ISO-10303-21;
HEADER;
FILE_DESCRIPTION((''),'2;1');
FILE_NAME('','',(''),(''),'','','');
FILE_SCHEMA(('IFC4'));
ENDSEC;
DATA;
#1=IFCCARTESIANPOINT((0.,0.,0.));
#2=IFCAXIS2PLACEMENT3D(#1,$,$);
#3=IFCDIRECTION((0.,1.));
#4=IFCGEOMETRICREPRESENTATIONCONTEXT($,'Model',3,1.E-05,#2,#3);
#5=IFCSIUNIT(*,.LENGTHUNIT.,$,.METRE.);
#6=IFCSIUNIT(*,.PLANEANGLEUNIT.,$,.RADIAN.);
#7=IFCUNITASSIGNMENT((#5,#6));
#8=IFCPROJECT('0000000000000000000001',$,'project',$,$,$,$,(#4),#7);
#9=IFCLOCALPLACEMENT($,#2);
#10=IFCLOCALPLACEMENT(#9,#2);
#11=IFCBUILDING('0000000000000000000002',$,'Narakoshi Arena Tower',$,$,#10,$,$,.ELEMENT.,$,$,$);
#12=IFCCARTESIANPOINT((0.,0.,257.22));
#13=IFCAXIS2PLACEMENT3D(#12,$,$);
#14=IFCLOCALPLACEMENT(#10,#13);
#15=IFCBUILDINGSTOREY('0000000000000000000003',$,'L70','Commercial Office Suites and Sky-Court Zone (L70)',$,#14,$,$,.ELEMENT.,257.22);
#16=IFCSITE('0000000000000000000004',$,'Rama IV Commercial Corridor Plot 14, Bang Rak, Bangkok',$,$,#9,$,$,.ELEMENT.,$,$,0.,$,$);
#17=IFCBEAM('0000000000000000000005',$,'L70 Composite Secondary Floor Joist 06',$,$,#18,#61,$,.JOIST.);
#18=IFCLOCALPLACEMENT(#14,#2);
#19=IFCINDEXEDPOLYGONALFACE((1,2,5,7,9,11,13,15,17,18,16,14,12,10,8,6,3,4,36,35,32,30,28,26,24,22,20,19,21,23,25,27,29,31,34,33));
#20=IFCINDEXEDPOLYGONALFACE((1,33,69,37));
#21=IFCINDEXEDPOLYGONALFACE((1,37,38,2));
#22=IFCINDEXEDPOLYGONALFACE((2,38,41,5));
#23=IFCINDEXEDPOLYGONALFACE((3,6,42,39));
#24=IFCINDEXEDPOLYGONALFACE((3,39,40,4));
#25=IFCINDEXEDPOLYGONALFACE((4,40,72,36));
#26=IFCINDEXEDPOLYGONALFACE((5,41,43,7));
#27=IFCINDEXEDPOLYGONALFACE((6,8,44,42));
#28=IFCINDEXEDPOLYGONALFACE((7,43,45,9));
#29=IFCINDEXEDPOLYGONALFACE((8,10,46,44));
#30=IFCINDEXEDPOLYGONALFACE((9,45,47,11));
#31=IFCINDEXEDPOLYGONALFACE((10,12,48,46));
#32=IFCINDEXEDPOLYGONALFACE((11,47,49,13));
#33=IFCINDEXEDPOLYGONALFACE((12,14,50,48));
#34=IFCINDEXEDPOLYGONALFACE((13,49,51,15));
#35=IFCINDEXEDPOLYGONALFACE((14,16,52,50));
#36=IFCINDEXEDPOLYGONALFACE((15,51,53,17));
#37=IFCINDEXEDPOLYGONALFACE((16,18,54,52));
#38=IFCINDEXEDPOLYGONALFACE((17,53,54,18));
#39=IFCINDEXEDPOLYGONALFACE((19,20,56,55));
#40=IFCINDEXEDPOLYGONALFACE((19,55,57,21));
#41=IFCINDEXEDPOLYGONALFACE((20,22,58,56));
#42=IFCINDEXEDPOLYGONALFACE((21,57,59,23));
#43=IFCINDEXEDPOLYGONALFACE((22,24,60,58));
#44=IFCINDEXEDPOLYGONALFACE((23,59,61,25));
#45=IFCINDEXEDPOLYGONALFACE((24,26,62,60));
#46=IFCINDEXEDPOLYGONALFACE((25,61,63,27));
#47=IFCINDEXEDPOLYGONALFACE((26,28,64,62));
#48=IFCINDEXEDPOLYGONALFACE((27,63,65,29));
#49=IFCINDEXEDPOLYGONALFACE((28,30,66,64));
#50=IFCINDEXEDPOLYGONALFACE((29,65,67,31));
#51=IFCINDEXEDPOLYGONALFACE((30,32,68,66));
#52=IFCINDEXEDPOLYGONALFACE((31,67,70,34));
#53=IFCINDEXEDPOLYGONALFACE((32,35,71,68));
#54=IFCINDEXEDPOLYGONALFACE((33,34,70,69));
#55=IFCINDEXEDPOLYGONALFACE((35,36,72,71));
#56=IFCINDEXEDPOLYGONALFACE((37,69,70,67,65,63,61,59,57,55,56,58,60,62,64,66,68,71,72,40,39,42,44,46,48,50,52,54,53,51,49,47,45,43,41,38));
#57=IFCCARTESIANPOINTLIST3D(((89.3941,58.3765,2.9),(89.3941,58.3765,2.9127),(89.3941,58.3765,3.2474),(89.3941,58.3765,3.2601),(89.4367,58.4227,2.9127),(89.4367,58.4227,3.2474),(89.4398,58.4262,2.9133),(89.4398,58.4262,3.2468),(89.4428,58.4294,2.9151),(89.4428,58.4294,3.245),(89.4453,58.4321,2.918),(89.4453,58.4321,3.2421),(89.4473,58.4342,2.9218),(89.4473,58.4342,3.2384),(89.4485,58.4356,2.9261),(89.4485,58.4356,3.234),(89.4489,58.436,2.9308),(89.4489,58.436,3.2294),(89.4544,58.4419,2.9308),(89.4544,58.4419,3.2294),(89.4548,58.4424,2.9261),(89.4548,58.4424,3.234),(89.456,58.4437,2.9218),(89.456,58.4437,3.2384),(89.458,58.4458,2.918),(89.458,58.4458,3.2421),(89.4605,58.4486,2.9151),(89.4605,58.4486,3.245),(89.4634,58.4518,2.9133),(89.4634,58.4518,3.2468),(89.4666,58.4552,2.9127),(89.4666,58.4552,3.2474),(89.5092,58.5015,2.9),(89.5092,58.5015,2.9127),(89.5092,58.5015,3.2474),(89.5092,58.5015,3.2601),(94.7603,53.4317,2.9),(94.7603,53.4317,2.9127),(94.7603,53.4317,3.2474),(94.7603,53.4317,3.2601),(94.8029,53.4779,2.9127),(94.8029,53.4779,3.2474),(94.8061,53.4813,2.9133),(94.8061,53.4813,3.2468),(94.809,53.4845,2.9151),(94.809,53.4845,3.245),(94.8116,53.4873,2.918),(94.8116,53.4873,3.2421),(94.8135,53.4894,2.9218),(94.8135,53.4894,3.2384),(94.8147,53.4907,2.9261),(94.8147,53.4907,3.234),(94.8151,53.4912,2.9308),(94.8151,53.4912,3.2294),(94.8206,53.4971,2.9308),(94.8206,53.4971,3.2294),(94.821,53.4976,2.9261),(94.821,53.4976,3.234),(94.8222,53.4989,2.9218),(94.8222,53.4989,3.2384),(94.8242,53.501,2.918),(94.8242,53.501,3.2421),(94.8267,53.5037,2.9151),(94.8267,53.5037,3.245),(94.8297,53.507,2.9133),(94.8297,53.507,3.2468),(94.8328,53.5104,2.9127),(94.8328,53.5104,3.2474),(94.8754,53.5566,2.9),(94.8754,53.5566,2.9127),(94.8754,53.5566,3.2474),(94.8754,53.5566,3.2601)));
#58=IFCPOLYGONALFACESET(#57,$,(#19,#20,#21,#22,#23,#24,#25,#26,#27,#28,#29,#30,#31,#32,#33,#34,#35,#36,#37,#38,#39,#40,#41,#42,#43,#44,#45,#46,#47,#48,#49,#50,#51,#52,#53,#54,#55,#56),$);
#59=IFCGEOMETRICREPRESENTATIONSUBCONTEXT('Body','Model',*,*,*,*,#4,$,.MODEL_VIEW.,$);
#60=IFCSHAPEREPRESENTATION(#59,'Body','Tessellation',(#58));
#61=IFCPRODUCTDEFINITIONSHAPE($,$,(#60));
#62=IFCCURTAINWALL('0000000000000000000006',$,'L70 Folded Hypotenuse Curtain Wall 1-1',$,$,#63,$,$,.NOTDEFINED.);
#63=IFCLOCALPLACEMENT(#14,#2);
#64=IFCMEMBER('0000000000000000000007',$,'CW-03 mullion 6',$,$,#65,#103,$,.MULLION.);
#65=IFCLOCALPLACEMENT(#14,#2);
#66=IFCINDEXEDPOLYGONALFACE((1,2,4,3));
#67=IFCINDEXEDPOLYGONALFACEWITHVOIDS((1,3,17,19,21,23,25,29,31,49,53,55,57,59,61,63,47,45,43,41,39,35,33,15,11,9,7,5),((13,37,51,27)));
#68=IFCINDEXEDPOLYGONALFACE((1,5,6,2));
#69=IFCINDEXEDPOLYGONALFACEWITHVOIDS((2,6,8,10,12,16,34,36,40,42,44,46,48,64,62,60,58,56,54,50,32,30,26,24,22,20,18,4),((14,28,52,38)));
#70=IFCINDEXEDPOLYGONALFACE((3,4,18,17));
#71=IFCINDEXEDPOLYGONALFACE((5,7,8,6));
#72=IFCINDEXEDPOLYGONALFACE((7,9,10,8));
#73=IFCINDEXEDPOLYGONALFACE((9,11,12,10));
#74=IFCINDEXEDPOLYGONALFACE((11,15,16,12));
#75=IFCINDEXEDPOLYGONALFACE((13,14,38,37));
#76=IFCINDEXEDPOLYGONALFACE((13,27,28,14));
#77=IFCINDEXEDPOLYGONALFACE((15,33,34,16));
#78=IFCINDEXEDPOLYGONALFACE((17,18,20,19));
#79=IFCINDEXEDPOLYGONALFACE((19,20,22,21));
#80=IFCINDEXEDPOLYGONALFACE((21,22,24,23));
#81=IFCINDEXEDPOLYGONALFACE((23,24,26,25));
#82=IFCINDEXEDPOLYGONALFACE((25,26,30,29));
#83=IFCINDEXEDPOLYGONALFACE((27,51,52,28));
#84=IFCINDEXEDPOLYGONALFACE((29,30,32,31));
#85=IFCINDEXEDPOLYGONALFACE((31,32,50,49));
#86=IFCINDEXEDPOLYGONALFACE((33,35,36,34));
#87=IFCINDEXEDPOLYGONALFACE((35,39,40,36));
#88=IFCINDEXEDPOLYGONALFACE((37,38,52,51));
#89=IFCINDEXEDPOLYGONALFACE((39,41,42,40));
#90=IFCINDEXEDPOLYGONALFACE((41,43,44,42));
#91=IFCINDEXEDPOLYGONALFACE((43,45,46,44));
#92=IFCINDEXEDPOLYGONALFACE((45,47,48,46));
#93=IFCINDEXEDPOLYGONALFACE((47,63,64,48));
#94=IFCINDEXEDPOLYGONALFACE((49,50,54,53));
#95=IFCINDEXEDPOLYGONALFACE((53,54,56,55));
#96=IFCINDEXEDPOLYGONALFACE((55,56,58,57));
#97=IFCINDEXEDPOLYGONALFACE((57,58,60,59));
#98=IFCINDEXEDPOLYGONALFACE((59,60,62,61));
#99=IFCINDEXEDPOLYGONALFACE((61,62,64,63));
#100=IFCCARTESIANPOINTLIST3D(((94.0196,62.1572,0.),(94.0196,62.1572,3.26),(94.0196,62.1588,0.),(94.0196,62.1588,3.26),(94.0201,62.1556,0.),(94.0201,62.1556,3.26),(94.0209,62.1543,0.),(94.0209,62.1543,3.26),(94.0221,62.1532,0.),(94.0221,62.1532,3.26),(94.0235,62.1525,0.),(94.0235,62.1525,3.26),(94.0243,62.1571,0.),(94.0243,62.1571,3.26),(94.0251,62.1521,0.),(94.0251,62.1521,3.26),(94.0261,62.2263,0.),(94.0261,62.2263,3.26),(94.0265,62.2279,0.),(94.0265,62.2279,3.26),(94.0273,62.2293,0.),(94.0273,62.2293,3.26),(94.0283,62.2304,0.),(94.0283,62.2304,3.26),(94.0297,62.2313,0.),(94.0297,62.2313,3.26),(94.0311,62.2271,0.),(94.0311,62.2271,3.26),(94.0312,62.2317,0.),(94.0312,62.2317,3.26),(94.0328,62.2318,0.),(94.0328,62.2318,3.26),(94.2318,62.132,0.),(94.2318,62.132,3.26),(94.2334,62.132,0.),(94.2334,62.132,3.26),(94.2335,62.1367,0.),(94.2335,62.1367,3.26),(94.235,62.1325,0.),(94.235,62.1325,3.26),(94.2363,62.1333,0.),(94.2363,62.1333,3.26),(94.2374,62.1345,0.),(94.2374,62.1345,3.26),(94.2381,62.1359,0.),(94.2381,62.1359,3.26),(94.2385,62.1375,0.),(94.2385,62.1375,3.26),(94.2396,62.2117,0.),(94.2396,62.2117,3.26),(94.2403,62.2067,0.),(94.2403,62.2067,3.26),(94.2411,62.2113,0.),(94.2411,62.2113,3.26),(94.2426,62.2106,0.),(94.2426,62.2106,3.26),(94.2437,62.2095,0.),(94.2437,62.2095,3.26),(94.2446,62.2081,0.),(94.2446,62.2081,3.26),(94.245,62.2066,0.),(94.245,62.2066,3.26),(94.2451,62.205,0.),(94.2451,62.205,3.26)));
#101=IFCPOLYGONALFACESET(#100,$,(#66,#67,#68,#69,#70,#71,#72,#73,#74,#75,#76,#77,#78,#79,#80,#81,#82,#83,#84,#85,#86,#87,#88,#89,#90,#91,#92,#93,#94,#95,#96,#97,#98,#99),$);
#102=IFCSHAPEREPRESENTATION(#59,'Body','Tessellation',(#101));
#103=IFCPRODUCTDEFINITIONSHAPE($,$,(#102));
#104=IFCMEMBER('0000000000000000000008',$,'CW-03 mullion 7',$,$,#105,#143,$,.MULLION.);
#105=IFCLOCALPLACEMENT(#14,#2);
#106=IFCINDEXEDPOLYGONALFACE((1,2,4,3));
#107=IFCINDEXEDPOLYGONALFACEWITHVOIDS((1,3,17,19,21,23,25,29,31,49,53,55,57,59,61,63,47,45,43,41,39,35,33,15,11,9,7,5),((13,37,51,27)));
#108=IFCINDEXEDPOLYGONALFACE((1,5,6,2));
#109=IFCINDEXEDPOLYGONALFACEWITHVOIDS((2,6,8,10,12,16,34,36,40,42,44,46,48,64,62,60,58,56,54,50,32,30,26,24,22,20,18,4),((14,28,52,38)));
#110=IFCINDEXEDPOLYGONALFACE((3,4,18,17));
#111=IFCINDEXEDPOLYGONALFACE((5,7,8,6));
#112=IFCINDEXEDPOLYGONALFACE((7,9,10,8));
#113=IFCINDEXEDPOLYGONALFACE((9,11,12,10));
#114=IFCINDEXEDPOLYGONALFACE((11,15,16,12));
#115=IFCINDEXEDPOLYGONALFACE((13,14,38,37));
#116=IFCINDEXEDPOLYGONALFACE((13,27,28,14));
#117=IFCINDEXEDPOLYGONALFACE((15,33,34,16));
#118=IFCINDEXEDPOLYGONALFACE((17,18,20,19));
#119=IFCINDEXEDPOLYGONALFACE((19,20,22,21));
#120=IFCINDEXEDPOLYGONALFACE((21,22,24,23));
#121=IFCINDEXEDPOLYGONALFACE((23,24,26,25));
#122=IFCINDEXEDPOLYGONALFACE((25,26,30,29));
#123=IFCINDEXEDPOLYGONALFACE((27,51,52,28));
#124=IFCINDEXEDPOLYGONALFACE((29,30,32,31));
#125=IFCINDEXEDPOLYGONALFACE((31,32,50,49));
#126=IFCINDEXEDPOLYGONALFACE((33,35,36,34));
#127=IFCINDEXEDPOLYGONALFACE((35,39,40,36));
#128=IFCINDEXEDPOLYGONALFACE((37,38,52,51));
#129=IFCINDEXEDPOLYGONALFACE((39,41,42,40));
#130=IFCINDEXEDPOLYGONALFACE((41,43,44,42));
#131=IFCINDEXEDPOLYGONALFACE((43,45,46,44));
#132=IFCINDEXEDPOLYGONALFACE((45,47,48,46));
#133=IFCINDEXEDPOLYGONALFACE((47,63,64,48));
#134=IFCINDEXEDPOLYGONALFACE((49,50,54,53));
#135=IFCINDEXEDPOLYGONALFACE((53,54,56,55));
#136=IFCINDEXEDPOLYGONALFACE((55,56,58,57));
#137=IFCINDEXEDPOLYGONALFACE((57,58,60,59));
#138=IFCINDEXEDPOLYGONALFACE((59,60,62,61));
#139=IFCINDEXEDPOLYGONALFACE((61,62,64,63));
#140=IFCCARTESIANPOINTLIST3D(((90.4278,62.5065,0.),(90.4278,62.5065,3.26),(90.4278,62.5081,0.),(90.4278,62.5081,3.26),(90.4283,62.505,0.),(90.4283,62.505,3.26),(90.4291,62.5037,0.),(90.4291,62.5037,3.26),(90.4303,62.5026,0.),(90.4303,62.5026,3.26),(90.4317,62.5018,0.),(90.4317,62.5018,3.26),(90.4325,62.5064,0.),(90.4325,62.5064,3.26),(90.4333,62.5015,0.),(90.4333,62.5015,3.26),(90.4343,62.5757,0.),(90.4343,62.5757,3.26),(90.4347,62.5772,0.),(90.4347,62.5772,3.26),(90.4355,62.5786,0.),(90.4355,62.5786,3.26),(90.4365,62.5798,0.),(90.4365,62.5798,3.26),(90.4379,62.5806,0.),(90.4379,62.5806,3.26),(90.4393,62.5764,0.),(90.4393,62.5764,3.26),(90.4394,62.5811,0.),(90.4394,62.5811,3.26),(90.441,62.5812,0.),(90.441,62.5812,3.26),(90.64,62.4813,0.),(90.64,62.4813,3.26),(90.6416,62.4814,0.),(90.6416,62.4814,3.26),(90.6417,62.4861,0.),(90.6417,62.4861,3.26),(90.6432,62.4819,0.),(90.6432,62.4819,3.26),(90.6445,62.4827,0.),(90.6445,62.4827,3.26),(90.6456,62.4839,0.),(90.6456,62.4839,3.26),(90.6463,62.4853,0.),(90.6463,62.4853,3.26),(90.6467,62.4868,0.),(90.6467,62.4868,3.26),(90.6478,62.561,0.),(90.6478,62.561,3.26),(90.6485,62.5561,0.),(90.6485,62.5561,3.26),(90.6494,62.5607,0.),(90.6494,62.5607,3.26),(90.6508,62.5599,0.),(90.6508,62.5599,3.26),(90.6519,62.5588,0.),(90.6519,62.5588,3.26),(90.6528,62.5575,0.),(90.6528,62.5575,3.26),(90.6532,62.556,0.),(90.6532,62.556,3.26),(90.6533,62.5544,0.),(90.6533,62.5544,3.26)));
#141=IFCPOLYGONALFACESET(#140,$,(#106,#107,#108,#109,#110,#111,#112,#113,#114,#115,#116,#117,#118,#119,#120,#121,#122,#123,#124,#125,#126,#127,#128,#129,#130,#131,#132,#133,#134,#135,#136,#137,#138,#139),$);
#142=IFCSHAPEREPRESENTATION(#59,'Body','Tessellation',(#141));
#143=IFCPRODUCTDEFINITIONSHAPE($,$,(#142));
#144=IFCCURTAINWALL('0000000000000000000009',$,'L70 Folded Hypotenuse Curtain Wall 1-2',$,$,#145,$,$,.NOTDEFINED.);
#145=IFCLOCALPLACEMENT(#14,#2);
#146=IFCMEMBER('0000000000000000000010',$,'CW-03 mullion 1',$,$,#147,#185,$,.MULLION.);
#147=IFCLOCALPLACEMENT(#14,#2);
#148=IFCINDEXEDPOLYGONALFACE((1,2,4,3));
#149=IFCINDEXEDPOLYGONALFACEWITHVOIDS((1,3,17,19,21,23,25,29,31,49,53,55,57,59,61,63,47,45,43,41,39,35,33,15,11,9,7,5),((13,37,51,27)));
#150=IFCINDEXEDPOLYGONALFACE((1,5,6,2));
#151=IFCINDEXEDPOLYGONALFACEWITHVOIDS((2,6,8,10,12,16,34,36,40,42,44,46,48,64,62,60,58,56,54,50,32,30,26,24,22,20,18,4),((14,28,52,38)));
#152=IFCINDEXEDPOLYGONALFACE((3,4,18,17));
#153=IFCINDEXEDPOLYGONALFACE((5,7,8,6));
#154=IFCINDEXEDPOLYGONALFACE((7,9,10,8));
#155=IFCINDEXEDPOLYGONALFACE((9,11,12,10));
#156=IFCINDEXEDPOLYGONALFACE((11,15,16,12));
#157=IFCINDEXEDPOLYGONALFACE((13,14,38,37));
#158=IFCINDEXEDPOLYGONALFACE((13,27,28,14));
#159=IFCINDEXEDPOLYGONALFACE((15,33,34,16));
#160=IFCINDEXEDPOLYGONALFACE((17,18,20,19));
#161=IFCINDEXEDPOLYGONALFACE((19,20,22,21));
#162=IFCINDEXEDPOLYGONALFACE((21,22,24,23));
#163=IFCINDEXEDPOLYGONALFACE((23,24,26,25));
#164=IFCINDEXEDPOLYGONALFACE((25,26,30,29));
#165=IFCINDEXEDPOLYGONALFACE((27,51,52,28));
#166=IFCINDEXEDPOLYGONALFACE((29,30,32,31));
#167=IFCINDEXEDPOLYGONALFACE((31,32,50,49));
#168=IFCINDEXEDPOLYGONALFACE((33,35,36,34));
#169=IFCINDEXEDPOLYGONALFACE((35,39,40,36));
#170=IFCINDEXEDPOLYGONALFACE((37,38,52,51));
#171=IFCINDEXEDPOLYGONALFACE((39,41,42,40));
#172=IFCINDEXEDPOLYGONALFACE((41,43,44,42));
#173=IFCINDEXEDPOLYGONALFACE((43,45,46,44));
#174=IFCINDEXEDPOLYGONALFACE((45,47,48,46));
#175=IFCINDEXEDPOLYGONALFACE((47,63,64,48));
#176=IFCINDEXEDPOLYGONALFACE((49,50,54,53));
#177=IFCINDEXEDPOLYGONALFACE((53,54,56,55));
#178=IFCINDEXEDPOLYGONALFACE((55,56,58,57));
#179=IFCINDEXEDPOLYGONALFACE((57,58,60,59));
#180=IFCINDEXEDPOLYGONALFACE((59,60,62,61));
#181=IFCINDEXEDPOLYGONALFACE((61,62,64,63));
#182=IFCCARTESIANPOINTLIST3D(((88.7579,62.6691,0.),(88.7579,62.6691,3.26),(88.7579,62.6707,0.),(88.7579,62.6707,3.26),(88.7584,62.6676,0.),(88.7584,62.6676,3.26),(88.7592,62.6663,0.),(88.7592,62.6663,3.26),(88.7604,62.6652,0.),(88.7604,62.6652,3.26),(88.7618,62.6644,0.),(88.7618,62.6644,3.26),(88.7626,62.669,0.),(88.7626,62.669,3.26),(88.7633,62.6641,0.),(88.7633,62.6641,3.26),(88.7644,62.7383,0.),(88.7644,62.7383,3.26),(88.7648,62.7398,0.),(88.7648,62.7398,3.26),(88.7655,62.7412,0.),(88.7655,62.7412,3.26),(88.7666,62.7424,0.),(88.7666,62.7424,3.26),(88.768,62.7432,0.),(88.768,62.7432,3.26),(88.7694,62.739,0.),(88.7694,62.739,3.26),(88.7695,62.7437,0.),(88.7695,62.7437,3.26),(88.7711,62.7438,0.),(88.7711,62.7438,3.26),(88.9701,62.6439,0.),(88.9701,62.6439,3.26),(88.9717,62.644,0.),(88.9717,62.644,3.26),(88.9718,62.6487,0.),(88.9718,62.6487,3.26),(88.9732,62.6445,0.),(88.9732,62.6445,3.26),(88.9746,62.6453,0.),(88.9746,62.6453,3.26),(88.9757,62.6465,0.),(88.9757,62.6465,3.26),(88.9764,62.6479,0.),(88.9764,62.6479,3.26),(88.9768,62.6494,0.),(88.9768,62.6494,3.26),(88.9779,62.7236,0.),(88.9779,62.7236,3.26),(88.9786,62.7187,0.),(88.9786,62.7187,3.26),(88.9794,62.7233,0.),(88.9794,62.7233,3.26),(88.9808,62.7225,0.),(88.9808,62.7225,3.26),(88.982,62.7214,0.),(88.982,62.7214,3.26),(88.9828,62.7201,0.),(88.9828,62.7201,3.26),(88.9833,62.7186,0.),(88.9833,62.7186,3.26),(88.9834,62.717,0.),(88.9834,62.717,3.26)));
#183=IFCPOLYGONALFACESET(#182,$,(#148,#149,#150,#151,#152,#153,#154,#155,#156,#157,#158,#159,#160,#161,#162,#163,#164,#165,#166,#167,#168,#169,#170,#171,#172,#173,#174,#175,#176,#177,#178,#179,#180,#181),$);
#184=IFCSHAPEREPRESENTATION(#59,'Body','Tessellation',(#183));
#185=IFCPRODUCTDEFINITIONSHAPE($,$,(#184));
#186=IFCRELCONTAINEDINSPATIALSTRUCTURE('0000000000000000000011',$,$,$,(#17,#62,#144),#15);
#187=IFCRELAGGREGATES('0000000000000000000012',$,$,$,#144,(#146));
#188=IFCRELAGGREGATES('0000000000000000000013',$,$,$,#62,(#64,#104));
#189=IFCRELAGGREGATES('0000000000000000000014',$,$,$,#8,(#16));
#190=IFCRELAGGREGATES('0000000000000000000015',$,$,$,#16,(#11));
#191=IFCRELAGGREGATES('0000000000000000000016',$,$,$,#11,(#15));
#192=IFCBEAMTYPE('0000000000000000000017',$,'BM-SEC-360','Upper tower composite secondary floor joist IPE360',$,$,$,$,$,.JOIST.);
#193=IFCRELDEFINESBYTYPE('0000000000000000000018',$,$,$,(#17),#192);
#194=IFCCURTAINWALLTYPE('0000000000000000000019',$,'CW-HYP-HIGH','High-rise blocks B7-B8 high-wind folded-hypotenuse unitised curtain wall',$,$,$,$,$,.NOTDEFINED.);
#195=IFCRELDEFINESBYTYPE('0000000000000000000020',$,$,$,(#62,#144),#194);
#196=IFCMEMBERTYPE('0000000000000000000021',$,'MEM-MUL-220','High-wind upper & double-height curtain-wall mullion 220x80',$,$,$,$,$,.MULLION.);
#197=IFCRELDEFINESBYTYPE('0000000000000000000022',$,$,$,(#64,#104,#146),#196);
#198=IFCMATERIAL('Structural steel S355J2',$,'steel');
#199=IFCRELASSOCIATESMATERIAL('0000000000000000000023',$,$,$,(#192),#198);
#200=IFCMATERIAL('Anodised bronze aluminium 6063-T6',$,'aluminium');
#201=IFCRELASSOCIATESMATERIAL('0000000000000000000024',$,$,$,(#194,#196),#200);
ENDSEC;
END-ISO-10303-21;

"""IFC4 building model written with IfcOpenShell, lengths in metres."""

from ifc_helpers import new_model, si_unit, direction, frame, origin, origin_2d, place, context, subcontext, project, spatial, hollow_rectangle, i_section, extrude, material, material_profile, profile_set, type_object, element, aggregate, save


model = new_model("IFC4")

# Units and contexts
model_context = context("Model", 3, precision=1e-05, world=origin(), true_north=direction((0.0, 1.0)))
body_context = subcontext(model_context, "Body", "Model", "MODEL_VIEW")
ifc_project = project(units=[si_unit("LENGTHUNIT", "METRE"), si_unit("PLANEANGLEUNIT", "RADIAN")], contexts=[model_context])

# Site, building, storey
site_placement = place(None, origin())
site = spatial("IfcSite", under=ifc_project, at=site_placement, Name="Rama IV Commercial Corridor Plot 14, Bang Rak, Bangkok", CompositionType="ELEMENT", RefElevation=0.0)
building_placement = place(site_placement, origin())
building = spatial("IfcBuilding", under=site, at=building_placement, Name="Narakoshi Arena Tower", CompositionType="ELEMENT")
storey_placement = place(building_placement, frame((0.0, 0.0, 257.22)))
storey = spatial("IfcBuildingStorey", under=building, at=storey_placement, Name="L70", Description="Commercial Office Suites and Sky-Court Zone (L70)", CompositionType="ELEMENT", Elevation=257.22)

# Beam
ifc_material_1 = material(Name="Structural steel S355J2", Category="steel")
ifc_material_profile_1 = material_profile(ifc_material_1, i_section(OverallWidth=0.1699, OverallDepth=0.3601, WebThickness=0.0081, FlangeThickness=0.0127, FilletRadius=0.0181, at=origin_2d()), Name="IPE360")
ifc_profile_set_1 = profile_set([ifc_material_profile_1], Name="Structural steel S355J2")
beam_type_1 = type_object("IfcBeamType", Name="BM-SEC-360", Description="Upper tower composite secondary floor joist IPE360", PredefinedType="JOIST", material=ifc_profile_set_1)
beam_1_placement = place(storey_placement, frame((94.8179, 53.4941, 3.0801), z_axis=(-0.735391, 0.677643, 0.0), x_axis=(-0.677643, -0.735391, 0.0)))
element("IfcBeam", 1, at=beam_1_placement, inside=storey, type_object=beam_type_1, Name="L70 Composite Secondary Floor Joist 06", PredefinedType="JOIST", context=body_context, shape_type="SweptSolid", body=[
    extrude(i_section(OverallWidth=0.1699, OverallDepth=0.3601, WebThickness=0.0081, FlangeThickness=0.0127, FilletRadius=0.0181, at=origin_2d()), origin(), (0.0, 0.0, 1.0), 7.2971),
])

# Curtain wall, members
ifc_material_2 = material(Name="Anodised bronze aluminium 6063-T6", Category="aluminium")
curtain_wall_type = type_object("IfcCurtainWallType", Name="CW-HYP-HIGH", Description="High-rise blocks B7-B8 high-wind folded-hypotenuse unitised curtain wall", PredefinedType="NOTDEFINED", material=ifc_material_2)
curtain_wall_1_placement = place(storey_placement, origin())
curtain_wall_1 = element("IfcCurtainWall", 2, at=curtain_wall_1_placement, inside=storey, type_object=curtain_wall_type, Name="L70 Folded Hypotenuse Curtain Wall 1-1", PredefinedType="NOTDEFINED")
ifc_material_profile_2 = material_profile(ifc_material_2, hollow_rectangle(XDim=0.0801, YDim=0.22, WallThickness=0.0049, OuterFilletRadius=0.0061, at=origin_2d()), Name="MUL220x80x5")
ifc_profile_set_2 = profile_set([ifc_material_profile_2], Name="Anodised bronze aluminium 6063-T6")
member_type_1 = type_object("IfcMemberType", Name="MEM-MUL-220", Description="High-wind upper & double-height curtain-wall mullion 220x80", PredefinedType="MULLION", material=ifc_profile_set_2)
member_1_placement = place(storey_placement, frame((94.1323, 62.1819, 0.0), z_axis=(0.0, 0.0, 1.0), x_axis=(-0.096851, -0.995299, 0.0)))
member_1 = element("IfcMember", 3, at=member_1_placement, type_object=member_type_1, Name="CW-03 mullion 6", PredefinedType="MULLION", context=body_context, shape_type="SweptSolid", body=[
    extrude(hollow_rectangle(XDim=0.0801, YDim=0.22, WallThickness=0.0049, OuterFilletRadius=0.0061, at=origin_2d()), origin(), (0.0, 0.0, 1.0), 3.26),
])
member_2_placement = place(storey_placement, frame((90.5405, 62.5312, 0.0), z_axis=(0.0, 0.0, 1.0), x_axis=(-0.096851, -0.995299, 0.0)))
member_2 = element("IfcMember", 4, at=member_2_placement, type_object=member_type_1, Name="CW-03 mullion 7", PredefinedType="MULLION", context=body_context, shape_type="SweptSolid", body=[
    extrude(hollow_rectangle(XDim=0.0801, YDim=0.22, WallThickness=0.0049, OuterFilletRadius=0.0061, at=origin_2d()), origin(), (0.0, 0.0, 1.0), 3.26),
])

# Curtain wall, member
curtain_wall_2_placement = place(storey_placement, origin())
curtain_wall_2 = element("IfcCurtainWall", 5, at=curtain_wall_2_placement, inside=storey, type_object=curtain_wall_type, Name="L70 Folded Hypotenuse Curtain Wall 1-2", PredefinedType="NOTDEFINED")
member_3_placement = place(storey_placement, frame((88.8706, 62.6938, 0.0), z_axis=(0.0, 0.0, 1.0), x_axis=(-0.096843, -0.9953, 0.0)))
member_3 = element("IfcMember", 6, at=member_3_placement, type_object=member_type_1, Name="CW-03 mullion 1", PredefinedType="MULLION", context=body_context, shape_type="SweptSolid", body=[
    extrude(hollow_rectangle(XDim=0.0801, YDim=0.22, WallThickness=0.0049, OuterFilletRadius=0.0061, at=origin_2d()), origin(), (0.0, 0.0, 1.0), 3.26),
])

aggregate(curtain_wall_2, [member_3])

aggregate(curtain_wall_1, [member_1, member_2])

save(model, "model.ifc")
